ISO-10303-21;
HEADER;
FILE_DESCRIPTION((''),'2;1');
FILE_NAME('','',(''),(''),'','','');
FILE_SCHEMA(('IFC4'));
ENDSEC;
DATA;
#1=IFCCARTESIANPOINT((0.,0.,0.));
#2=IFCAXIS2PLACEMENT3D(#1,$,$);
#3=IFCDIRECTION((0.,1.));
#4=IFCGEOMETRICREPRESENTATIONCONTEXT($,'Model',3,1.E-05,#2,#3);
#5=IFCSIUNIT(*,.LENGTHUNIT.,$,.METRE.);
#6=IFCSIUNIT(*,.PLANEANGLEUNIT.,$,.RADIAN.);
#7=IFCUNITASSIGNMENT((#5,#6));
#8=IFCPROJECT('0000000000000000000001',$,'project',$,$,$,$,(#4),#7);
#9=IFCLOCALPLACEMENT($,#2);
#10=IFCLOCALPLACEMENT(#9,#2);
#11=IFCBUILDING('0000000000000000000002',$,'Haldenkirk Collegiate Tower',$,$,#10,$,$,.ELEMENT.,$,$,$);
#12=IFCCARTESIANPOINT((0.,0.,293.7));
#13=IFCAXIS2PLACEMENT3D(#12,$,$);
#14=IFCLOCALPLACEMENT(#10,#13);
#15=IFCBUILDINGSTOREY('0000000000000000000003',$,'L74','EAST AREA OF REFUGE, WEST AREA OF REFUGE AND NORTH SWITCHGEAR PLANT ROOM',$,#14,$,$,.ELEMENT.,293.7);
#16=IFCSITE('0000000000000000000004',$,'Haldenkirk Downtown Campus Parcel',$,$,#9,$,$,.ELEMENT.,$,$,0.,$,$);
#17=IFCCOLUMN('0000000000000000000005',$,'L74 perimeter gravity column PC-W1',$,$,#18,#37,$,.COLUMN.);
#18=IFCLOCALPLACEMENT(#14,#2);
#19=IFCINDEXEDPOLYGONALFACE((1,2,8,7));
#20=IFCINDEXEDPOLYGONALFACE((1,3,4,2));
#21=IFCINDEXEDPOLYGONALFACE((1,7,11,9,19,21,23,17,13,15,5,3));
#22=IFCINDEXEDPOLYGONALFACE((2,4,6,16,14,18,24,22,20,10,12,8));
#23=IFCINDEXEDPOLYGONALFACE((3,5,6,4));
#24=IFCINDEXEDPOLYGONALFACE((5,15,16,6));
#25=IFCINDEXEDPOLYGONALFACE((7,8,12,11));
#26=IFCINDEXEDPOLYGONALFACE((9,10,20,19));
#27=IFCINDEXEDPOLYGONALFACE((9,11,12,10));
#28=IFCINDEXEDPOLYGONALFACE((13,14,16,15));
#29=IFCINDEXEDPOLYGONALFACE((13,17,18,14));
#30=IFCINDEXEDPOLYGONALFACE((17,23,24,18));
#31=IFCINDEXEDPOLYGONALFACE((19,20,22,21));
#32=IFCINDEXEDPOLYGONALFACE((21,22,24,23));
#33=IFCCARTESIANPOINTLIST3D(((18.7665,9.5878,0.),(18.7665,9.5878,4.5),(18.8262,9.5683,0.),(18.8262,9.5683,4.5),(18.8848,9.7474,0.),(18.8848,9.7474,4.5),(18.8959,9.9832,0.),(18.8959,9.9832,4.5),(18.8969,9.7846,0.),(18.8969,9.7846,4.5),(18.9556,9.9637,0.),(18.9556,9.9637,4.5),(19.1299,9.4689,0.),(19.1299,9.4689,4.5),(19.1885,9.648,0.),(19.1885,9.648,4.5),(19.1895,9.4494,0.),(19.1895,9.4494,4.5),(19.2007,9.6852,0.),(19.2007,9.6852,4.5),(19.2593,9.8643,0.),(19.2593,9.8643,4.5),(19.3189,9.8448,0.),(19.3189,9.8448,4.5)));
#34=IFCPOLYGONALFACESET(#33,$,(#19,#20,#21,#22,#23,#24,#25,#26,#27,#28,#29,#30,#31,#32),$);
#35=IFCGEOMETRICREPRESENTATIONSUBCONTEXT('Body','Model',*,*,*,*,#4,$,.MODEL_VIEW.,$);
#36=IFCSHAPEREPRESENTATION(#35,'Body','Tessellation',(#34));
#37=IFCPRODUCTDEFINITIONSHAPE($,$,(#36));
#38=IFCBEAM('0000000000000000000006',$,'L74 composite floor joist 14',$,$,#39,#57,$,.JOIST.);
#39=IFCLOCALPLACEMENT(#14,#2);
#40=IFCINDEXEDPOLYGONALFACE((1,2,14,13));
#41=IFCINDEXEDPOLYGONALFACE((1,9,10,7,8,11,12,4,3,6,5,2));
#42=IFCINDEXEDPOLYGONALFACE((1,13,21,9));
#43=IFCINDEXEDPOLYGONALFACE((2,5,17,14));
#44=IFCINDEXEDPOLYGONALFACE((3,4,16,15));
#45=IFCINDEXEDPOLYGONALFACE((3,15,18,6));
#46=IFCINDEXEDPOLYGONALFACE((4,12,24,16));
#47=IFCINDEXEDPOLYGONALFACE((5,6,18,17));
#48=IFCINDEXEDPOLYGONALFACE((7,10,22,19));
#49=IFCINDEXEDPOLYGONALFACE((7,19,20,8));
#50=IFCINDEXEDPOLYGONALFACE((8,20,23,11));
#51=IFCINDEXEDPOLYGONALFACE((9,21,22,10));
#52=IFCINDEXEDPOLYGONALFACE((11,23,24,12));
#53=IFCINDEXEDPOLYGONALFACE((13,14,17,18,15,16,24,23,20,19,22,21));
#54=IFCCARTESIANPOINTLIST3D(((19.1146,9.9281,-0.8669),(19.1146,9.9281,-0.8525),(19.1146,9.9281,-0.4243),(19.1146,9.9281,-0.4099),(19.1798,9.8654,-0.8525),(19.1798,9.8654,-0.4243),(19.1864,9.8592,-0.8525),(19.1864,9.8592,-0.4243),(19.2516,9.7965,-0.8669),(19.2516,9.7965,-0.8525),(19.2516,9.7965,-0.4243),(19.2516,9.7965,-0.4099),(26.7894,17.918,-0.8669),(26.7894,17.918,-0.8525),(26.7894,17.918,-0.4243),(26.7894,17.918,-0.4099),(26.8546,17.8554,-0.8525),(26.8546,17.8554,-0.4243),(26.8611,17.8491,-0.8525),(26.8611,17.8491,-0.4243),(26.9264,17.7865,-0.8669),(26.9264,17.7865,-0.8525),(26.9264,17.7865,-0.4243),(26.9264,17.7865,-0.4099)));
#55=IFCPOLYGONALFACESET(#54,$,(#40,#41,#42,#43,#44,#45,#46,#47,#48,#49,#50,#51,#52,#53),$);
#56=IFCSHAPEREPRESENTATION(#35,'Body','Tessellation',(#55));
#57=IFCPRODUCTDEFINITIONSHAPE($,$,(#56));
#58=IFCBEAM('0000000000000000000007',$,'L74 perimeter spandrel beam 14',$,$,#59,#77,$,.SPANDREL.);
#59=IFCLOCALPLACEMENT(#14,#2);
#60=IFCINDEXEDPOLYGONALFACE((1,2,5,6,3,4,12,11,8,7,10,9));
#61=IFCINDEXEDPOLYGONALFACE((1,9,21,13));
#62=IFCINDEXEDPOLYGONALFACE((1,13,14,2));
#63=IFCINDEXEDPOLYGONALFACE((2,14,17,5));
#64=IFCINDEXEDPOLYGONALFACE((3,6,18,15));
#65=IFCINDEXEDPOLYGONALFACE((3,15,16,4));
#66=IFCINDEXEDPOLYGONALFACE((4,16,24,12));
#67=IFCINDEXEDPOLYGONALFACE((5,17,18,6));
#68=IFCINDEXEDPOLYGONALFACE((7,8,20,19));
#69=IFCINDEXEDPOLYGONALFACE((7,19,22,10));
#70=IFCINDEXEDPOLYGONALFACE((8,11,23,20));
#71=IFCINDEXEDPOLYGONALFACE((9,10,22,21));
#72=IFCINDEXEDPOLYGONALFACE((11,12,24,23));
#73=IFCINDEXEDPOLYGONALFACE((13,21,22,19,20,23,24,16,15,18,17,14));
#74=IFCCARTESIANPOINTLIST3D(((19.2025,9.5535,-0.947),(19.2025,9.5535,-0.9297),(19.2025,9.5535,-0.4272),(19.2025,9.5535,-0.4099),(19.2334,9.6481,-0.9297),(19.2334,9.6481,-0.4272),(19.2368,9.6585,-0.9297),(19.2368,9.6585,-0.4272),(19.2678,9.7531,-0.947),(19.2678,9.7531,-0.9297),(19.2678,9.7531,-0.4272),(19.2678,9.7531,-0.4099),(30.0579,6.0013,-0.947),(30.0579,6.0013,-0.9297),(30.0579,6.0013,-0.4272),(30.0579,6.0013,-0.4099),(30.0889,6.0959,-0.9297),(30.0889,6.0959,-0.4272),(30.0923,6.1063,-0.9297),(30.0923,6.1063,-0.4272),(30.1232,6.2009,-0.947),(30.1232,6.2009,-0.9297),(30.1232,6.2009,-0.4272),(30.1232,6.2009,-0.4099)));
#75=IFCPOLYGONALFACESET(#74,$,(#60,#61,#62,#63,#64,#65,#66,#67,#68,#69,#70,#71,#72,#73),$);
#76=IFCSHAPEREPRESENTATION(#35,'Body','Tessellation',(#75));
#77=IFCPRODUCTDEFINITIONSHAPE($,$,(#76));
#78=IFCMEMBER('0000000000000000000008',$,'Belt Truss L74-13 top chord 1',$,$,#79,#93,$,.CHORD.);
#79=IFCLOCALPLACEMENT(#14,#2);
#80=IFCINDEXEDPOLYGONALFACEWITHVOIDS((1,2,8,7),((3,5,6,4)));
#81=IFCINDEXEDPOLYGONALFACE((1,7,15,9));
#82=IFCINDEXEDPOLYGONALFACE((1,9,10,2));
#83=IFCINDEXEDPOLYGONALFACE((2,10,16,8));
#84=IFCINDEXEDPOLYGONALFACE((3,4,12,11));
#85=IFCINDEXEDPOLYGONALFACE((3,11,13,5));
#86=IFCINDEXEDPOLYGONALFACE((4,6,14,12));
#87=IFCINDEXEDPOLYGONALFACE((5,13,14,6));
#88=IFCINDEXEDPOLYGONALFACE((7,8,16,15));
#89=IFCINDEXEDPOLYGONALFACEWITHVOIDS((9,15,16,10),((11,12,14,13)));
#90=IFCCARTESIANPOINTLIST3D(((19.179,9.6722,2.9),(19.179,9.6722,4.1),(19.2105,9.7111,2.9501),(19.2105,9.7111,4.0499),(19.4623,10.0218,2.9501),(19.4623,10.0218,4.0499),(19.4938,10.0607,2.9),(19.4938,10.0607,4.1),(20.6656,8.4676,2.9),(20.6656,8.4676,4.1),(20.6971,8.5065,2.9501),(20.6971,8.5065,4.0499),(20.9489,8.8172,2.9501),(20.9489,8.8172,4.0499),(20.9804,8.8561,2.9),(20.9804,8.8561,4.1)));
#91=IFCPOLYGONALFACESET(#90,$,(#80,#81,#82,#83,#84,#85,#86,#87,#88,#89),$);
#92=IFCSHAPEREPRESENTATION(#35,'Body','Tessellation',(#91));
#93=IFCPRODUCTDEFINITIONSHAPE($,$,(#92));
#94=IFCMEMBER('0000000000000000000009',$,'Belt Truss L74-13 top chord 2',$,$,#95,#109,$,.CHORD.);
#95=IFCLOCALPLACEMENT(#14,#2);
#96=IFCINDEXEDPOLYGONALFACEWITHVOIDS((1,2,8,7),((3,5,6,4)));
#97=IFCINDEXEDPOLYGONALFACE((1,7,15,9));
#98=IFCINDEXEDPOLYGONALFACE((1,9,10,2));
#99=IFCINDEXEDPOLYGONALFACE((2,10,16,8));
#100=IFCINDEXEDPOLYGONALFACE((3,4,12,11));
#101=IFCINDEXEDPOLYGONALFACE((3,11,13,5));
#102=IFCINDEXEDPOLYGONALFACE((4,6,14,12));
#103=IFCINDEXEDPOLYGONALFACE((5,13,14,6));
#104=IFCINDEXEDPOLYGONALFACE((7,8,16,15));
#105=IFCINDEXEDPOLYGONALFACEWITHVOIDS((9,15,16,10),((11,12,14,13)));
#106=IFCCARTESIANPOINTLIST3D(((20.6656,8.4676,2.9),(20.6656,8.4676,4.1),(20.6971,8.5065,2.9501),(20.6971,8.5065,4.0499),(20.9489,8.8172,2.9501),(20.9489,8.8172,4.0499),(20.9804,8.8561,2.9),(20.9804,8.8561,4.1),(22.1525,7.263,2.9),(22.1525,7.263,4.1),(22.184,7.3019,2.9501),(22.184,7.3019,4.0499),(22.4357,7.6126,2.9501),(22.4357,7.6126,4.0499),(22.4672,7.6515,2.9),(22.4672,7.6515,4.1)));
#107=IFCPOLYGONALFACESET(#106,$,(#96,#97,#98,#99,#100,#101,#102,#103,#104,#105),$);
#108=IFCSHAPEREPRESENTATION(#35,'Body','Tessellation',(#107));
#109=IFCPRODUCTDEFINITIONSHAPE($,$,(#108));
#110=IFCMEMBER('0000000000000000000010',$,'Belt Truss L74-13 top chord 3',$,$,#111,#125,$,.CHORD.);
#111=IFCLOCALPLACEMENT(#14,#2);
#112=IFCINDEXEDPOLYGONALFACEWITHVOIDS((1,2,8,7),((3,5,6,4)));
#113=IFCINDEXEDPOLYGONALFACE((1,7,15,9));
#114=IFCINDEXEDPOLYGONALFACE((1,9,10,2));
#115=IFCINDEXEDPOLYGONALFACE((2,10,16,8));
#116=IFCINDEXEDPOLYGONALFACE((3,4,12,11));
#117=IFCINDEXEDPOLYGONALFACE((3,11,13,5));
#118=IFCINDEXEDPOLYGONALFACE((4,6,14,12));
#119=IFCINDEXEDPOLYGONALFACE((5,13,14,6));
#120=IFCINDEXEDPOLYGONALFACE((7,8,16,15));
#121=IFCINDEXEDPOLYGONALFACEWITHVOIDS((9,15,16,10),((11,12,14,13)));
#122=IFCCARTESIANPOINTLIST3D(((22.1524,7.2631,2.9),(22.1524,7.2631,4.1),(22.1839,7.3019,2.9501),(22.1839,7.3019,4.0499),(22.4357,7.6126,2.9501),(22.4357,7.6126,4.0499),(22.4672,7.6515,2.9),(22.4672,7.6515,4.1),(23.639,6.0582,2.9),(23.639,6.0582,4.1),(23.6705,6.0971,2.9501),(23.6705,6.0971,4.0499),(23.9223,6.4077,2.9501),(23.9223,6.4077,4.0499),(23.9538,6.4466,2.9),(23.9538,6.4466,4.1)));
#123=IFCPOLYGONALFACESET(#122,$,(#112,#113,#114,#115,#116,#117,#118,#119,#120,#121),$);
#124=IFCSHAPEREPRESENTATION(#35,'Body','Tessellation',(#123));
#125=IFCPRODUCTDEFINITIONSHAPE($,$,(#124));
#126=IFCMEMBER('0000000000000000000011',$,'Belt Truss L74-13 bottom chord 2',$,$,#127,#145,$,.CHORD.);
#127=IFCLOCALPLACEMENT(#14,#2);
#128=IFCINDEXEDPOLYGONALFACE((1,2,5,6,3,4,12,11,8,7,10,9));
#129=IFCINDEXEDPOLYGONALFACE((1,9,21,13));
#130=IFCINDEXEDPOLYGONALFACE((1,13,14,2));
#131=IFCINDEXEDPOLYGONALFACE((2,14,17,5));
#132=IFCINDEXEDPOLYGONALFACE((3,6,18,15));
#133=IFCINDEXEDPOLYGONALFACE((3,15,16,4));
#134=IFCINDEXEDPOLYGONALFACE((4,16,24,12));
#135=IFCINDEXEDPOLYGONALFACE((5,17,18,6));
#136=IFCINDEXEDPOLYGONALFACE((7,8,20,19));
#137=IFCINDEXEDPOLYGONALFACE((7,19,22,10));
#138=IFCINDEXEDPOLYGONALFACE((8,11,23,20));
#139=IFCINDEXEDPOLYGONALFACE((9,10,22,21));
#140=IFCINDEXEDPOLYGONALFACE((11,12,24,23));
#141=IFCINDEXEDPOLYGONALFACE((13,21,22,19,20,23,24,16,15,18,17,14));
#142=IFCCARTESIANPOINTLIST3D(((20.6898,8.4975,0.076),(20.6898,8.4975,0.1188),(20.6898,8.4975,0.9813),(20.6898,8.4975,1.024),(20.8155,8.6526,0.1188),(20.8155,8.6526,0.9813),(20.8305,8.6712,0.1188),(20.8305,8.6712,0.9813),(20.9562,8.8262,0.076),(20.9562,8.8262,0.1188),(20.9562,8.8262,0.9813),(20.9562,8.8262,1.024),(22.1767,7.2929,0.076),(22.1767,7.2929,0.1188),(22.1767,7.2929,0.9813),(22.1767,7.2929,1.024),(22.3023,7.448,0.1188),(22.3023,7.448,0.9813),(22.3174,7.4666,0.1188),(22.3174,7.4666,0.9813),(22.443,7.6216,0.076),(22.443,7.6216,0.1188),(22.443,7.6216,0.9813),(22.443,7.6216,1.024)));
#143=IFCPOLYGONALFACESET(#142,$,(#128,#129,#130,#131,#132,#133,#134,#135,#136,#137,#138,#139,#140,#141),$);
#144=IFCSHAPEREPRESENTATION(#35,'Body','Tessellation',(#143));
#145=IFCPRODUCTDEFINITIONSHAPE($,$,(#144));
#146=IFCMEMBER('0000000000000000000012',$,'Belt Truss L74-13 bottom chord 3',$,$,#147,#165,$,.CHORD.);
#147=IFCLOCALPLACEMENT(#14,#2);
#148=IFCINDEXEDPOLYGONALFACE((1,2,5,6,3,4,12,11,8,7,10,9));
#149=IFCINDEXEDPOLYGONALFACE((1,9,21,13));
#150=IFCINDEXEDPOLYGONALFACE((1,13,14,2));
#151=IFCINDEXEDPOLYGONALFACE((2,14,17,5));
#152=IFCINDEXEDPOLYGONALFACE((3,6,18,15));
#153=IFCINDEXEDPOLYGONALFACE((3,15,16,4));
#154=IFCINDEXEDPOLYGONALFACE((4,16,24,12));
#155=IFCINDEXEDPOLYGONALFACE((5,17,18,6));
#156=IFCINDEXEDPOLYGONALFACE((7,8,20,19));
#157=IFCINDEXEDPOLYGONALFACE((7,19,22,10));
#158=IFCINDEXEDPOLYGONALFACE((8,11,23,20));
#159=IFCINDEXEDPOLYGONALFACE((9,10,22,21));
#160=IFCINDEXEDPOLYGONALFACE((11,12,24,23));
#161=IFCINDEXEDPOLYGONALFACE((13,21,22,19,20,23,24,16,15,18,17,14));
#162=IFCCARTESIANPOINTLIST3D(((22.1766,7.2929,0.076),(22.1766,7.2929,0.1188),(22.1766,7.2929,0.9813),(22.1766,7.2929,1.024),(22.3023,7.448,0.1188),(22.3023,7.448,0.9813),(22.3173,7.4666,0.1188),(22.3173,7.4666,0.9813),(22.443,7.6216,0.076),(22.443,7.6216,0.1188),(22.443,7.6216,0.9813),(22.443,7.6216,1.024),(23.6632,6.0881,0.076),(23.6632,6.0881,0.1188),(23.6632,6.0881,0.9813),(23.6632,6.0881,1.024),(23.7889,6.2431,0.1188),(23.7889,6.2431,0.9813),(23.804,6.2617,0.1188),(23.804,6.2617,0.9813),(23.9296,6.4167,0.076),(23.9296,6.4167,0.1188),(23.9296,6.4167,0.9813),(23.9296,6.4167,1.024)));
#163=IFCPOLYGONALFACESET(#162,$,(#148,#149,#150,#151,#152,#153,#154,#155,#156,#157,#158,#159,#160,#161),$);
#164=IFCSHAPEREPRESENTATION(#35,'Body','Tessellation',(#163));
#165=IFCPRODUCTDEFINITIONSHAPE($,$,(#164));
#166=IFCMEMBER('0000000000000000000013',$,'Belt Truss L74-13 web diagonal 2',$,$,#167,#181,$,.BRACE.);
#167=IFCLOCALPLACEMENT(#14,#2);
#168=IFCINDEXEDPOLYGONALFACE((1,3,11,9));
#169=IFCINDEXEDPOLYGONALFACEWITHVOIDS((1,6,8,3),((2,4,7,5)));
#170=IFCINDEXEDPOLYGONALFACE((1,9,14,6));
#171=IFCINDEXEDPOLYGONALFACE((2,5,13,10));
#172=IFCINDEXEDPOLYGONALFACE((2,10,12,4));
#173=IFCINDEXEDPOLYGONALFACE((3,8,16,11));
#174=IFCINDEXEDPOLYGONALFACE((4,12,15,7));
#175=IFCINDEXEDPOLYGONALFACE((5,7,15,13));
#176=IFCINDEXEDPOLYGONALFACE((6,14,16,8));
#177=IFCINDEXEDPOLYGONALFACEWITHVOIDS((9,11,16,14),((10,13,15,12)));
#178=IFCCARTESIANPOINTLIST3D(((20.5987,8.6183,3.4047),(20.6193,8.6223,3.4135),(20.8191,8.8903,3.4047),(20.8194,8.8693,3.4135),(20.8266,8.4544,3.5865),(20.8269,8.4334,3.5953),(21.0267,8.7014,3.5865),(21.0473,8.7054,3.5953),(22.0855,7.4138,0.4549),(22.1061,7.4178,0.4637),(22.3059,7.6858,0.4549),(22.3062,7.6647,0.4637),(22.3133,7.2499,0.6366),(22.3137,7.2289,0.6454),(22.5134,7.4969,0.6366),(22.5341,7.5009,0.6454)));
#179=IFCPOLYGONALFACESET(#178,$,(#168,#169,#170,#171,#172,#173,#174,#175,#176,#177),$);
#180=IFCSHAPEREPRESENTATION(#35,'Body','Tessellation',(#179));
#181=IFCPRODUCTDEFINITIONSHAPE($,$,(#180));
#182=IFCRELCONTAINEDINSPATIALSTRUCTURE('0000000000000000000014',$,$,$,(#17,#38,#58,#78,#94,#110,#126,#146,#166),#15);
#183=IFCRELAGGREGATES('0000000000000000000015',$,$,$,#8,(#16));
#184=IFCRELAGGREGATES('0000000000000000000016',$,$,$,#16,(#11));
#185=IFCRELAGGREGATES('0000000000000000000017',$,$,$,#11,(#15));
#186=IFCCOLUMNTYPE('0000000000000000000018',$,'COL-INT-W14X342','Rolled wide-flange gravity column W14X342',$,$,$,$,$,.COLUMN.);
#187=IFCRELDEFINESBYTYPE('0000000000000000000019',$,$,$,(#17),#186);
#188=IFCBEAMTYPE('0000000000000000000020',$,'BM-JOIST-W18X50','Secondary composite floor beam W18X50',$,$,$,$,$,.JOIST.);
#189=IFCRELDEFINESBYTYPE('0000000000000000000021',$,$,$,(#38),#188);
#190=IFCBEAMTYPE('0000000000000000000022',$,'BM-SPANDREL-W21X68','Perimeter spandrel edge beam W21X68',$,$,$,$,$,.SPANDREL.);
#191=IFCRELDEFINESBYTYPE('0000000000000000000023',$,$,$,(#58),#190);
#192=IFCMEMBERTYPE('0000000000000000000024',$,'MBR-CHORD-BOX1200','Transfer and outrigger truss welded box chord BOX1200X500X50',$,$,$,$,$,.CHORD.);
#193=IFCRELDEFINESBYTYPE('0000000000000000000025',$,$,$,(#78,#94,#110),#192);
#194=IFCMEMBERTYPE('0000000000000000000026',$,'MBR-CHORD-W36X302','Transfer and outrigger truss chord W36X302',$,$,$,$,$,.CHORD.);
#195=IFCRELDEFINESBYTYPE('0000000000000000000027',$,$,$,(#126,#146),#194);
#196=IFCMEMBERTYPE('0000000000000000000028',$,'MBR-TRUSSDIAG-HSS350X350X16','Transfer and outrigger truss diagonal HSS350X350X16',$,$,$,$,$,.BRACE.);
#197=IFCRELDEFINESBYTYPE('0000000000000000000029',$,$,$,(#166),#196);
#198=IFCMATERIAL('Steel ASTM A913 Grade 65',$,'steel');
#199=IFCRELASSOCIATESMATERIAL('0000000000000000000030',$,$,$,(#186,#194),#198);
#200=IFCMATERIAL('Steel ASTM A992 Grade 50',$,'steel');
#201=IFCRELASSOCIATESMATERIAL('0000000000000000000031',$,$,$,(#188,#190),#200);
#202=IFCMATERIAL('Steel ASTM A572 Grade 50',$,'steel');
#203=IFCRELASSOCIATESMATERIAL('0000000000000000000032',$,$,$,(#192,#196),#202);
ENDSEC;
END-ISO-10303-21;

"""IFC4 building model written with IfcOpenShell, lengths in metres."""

from ifc_helpers import new_model, si_unit, direction, frame, origin, origin_2d, place, context, subcontext, project, spatial, hollow_rectangle, i_section, extrude, material, material_profile, profile_set, type_object, element, save


model = new_model("IFC4")

# Units and contexts
model_context = context("Model", 3, precision=1e-05, world=origin(), true_north=direction((0.0, 1.0)))
body_context = subcontext(model_context, "Body", "Model", "MODEL_VIEW")
ifc_project = project(units=[si_unit("LENGTHUNIT", "METRE"), si_unit("PLANEANGLEUNIT", "RADIAN")], contexts=[model_context])

# Site, building, storey
site_placement = place(None, origin())
site = spatial("IfcSite", under=ifc_project, at=site_placement, Name="Haldenkirk Downtown Campus Parcel", CompositionType="ELEMENT", RefElevation=0.0)
building_placement = place(site_placement, origin())
building = spatial("IfcBuilding", under=site, at=building_placement, Name="Haldenkirk Collegiate Tower", CompositionType="ELEMENT")
storey_placement = place(building_placement, frame((0.0, 0.0, 293.7)))
storey = spatial("IfcBuildingStorey", under=building, at=storey_placement, Name="L74", Description="EAST AREA OF REFUGE, WEST AREA OF REFUGE AND NORTH SWITCHGEAR PLANT ROOM", CompositionType="ELEMENT", Elevation=293.7)

# Column
ifc_material_1 = material(Name="Steel ASTM A913 Grade 65", Category="steel")
ifc_material_profile_1 = material_profile(ifc_material_1, i_section(OverallWidth=0.416, OverallDepth=0.4451, WebThickness=0.0391, FlangeThickness=0.0627, at=origin_2d()), Name="W14X342")
ifc_profile_set_1 = profile_set([ifc_material_profile_1], Name="Steel ASTM A913 Grade 65")
column_type = type_object("IfcColumnType", Name="COL-INT-W14X342", Description="Rolled wide-flange gravity column W14X342", PredefinedType="COLUMN", material=ifc_profile_set_1)
column_placement = place(storey_placement, frame((19.0427, 9.7163, 0.0), z_axis=(0.0, 0.0, 1.0), x_axis=(0.311008, 0.950407, 0.0)))
element("IfcColumn", 1, at=column_placement, inside=storey, type_object=column_type, Name="L74 perimeter gravity column PC-W1", PredefinedType="COLUMN", context=body_context, shape_type="SweptSolid", body=[
    extrude(i_section(OverallWidth=0.416, OverallDepth=0.4451, WebThickness=0.0391, FlangeThickness=0.0627, at=origin_2d()), origin(), (0.0, 0.0, 1.0), 4.5),
])

# Beams
ifc_material_2 = material(Name="Steel ASTM A992 Grade 50", Category="steel")
ifc_material_profile_2 = material_profile(ifc_material_2, i_section(OverallWidth=0.1899, OverallDepth=0.457, WebThickness=0.009, FlangeThickness=0.0144, at=origin_2d()), Name="W18X50")
ifc_profile_set_2 = profile_set([ifc_material_profile_2], Name="Steel ASTM A992 Grade 50")
beam_type_1 = type_object("IfcBeamType", Name="BM-JOIST-W18X50", Description="Secondary composite floor beam W18X50", PredefinedType="JOIST", material=ifc_profile_set_2)
beam_1_placement = place(storey_placement, frame((19.1831, 9.8623, -0.6384), z_axis=(0.692739, 0.721188, 0.0), x_axis=(-0.721188, 0.692739, 0.0)))
element("IfcBeam", 2, at=beam_1_placement, inside=storey, type_object=beam_type_1, Name="L74 composite floor joist 14", PredefinedType="JOIST", context=body_context, shape_type="SweptSolid", body=[
    extrude(i_section(OverallWidth=0.1899, OverallDepth=0.457, WebThickness=0.009, FlangeThickness=0.0144, at=origin_2d()), origin(), (0.0, 0.0, 1.0), 11.0789),
])
ifc_material_profile_3 = material_profile(ifc_material_2, i_section(OverallWidth=0.21, OverallDepth=0.5371, WebThickness=0.011, FlangeThickness=0.0173, at=origin_2d()), Name="W21X68")
ifc_profile_set_3 = profile_set([ifc_material_profile_3], Name="Steel ASTM A992 Grade 50")
beam_type_2 = type_object("IfcBeamType", Name="BM-SPANDREL-W21X68", Description="Perimeter spandrel edge beam W21X68", PredefinedType="SPANDREL", material=ifc_profile_set_3)
beam_2_placement = place(storey_placement, frame((19.2351, 9.6533, -0.6785), z_axis=(0.950409, -0.311003, 0.0), x_axis=(0.311003, 0.950409, 0.0)))
element("IfcBeam", 3, at=beam_2_placement, inside=storey, type_object=beam_type_2, Name="L74 perimeter spandrel beam 14", PredefinedType="SPANDREL", context=body_context, shape_type="SweptSolid", body=[
    extrude(i_section(OverallWidth=0.21, OverallDepth=0.5371, WebThickness=0.011, FlangeThickness=0.0173, at=origin_2d()), origin(), (0.0, 0.0, 1.0), 11.4219),
])

# Members
ifc_material_3 = material(Name="Steel ASTM A572 Grade 50", Category="steel")
ifc_material_profile_4 = material_profile(ifc_material_3, hollow_rectangle(XDim=0.5, YDim=1.2, WallThickness=0.05, at=origin_2d()), Name="BOX1200X500X50")
ifc_profile_set_4 = profile_set([ifc_material_profile_4], Name="Steel ASTM A572 Grade 50")
member_type_1 = type_object("IfcMemberType", Name="MBR-CHORD-BOX1200", Description="Transfer and outrigger truss welded box chord BOX1200X500X50", PredefinedType="CHORD", material=ifc_profile_set_4)
member_placement = place(storey_placement, frame((19.3364, 9.8665, 3.5), z_axis=(0.776945, -0.629569, 0.0), x_axis=(0.629569, 0.776945, 0.0)))
element("IfcMember", 4, at=member_placement, inside=storey, type_object=member_type_1, Name="Belt Truss L74-13 top chord 1", PredefinedType="CHORD", context=body_context, shape_type="SweptSolid", body=[
    extrude(hollow_rectangle(XDim=0.5, YDim=1.2, WallThickness=0.05, at=origin_2d()), origin(), (0.0, 0.0, 1.0), 1.9133),
])
for number, where, z_axis, x_axis, name in (
    (5, (20.823, 8.6619, 3.5), (0.776995, -0.629506, 0.0), (0.629506, 0.776995, 0.0), "Belt Truss L74-13 top chord 2"),
    (6, (22.3098, 7.4573, 3.5), (0.776882, -0.629646, 0.0), (0.629646, 0.776882, 0.0), "Belt Truss L74-13 top chord 3"),
):
    element("IfcMember", number, at=place(storey_placement, frame(where, z_axis=z_axis, x_axis=x_axis)), inside=storey, type_object=member_type_1, Name=name, PredefinedType="CHORD", context=body_context, shape_type="SweptSolid", body=[
        extrude(hollow_rectangle(XDim=0.5, YDim=1.2, WallThickness=0.05, at=origin_2d()), origin(), (0.0, 0.0, 1.0), 1.9136),
    ])
ifc_material_profile_5 = material_profile(ifc_material_1, i_section(OverallWidth=0.4231, OverallDepth=0.948, WebThickness=0.0239, FlangeThickness=0.0427, at=origin_2d()), Name="W36X302")
ifc_profile_set_5 = profile_set([ifc_material_profile_5], Name="Steel ASTM A913 Grade 65")
member_type_2 = type_object("IfcMemberType", Name="MBR-CHORD-W36X302", Description="Transfer and outrigger truss chord W36X302", PredefinedType="CHORD", material=ifc_profile_set_5)
for number, where, z_axis, x_axis, name in (
    (7, (20.823, 8.6619, 0.55), (0.776995, -0.629506, 0.0), (0.629506, 0.776995, 0.0), "Belt Truss L74-13 bottom chord 2"),
    (8, (22.3098, 7.4573, 0.55), (0.776882, -0.629646, 0.0), (0.629646, 0.776882, 0.0), "Belt Truss L74-13 bottom chord 3"),
):
    element("IfcMember", number, at=place(storey_placement, frame(where, z_axis=z_axis, x_axis=x_axis)), inside=storey, type_object=member_type_2, Name=name, PredefinedType="CHORD", context=body_context, shape_type="SweptSolid", body=[
        extrude(i_section(OverallWidth=0.4231, OverallDepth=0.948, WebThickness=0.0239, FlangeThickness=0.0427, at=origin_2d()), origin(), (0.0, 0.0, 1.0), 1.9136),
    ])
ifc_material_profile_6 = material_profile(ifc_material_3, hollow_rectangle(XDim=0.3501, YDim=0.3501, WallThickness=0.0161, at=origin_2d()), Name="HSS350X350X16")
ifc_profile_set_6 = profile_set([ifc_material_profile_6], Name="Steel ASTM A572 Grade 50")
member_type_3 = type_object("IfcMemberType", Name="MBR-TRUSSDIAG-HSS350X350X16", Description="Transfer and outrigger truss diagonal HSS350X350X16", PredefinedType="BRACE", material=ifc_profile_set_6)
for number, where, z_axis, x_axis, name in (
    (9, (20.823, 8.6619, 3.5), (0.422844, -0.34258, -0.838953), (0.629506, 0.776995, 0.0), "Belt Truss L74-13 web diagonal 2"),
):
    element("IfcMember", number, at=place(storey_placement, frame(where, z_axis=z_axis, x_axis=x_axis)), inside=storey, type_object=member_type_3, Name=name, PredefinedType="BRACE", context=body_context, shape_type="SweptSolid", body=[
        extrude(hollow_rectangle(XDim=0.3501, YDim=0.3501, WallThickness=0.0161, at=origin_2d()), origin(), (0.0, 0.0, 1.0), 3.5161),
    ])

save(model, "model.ifc")
